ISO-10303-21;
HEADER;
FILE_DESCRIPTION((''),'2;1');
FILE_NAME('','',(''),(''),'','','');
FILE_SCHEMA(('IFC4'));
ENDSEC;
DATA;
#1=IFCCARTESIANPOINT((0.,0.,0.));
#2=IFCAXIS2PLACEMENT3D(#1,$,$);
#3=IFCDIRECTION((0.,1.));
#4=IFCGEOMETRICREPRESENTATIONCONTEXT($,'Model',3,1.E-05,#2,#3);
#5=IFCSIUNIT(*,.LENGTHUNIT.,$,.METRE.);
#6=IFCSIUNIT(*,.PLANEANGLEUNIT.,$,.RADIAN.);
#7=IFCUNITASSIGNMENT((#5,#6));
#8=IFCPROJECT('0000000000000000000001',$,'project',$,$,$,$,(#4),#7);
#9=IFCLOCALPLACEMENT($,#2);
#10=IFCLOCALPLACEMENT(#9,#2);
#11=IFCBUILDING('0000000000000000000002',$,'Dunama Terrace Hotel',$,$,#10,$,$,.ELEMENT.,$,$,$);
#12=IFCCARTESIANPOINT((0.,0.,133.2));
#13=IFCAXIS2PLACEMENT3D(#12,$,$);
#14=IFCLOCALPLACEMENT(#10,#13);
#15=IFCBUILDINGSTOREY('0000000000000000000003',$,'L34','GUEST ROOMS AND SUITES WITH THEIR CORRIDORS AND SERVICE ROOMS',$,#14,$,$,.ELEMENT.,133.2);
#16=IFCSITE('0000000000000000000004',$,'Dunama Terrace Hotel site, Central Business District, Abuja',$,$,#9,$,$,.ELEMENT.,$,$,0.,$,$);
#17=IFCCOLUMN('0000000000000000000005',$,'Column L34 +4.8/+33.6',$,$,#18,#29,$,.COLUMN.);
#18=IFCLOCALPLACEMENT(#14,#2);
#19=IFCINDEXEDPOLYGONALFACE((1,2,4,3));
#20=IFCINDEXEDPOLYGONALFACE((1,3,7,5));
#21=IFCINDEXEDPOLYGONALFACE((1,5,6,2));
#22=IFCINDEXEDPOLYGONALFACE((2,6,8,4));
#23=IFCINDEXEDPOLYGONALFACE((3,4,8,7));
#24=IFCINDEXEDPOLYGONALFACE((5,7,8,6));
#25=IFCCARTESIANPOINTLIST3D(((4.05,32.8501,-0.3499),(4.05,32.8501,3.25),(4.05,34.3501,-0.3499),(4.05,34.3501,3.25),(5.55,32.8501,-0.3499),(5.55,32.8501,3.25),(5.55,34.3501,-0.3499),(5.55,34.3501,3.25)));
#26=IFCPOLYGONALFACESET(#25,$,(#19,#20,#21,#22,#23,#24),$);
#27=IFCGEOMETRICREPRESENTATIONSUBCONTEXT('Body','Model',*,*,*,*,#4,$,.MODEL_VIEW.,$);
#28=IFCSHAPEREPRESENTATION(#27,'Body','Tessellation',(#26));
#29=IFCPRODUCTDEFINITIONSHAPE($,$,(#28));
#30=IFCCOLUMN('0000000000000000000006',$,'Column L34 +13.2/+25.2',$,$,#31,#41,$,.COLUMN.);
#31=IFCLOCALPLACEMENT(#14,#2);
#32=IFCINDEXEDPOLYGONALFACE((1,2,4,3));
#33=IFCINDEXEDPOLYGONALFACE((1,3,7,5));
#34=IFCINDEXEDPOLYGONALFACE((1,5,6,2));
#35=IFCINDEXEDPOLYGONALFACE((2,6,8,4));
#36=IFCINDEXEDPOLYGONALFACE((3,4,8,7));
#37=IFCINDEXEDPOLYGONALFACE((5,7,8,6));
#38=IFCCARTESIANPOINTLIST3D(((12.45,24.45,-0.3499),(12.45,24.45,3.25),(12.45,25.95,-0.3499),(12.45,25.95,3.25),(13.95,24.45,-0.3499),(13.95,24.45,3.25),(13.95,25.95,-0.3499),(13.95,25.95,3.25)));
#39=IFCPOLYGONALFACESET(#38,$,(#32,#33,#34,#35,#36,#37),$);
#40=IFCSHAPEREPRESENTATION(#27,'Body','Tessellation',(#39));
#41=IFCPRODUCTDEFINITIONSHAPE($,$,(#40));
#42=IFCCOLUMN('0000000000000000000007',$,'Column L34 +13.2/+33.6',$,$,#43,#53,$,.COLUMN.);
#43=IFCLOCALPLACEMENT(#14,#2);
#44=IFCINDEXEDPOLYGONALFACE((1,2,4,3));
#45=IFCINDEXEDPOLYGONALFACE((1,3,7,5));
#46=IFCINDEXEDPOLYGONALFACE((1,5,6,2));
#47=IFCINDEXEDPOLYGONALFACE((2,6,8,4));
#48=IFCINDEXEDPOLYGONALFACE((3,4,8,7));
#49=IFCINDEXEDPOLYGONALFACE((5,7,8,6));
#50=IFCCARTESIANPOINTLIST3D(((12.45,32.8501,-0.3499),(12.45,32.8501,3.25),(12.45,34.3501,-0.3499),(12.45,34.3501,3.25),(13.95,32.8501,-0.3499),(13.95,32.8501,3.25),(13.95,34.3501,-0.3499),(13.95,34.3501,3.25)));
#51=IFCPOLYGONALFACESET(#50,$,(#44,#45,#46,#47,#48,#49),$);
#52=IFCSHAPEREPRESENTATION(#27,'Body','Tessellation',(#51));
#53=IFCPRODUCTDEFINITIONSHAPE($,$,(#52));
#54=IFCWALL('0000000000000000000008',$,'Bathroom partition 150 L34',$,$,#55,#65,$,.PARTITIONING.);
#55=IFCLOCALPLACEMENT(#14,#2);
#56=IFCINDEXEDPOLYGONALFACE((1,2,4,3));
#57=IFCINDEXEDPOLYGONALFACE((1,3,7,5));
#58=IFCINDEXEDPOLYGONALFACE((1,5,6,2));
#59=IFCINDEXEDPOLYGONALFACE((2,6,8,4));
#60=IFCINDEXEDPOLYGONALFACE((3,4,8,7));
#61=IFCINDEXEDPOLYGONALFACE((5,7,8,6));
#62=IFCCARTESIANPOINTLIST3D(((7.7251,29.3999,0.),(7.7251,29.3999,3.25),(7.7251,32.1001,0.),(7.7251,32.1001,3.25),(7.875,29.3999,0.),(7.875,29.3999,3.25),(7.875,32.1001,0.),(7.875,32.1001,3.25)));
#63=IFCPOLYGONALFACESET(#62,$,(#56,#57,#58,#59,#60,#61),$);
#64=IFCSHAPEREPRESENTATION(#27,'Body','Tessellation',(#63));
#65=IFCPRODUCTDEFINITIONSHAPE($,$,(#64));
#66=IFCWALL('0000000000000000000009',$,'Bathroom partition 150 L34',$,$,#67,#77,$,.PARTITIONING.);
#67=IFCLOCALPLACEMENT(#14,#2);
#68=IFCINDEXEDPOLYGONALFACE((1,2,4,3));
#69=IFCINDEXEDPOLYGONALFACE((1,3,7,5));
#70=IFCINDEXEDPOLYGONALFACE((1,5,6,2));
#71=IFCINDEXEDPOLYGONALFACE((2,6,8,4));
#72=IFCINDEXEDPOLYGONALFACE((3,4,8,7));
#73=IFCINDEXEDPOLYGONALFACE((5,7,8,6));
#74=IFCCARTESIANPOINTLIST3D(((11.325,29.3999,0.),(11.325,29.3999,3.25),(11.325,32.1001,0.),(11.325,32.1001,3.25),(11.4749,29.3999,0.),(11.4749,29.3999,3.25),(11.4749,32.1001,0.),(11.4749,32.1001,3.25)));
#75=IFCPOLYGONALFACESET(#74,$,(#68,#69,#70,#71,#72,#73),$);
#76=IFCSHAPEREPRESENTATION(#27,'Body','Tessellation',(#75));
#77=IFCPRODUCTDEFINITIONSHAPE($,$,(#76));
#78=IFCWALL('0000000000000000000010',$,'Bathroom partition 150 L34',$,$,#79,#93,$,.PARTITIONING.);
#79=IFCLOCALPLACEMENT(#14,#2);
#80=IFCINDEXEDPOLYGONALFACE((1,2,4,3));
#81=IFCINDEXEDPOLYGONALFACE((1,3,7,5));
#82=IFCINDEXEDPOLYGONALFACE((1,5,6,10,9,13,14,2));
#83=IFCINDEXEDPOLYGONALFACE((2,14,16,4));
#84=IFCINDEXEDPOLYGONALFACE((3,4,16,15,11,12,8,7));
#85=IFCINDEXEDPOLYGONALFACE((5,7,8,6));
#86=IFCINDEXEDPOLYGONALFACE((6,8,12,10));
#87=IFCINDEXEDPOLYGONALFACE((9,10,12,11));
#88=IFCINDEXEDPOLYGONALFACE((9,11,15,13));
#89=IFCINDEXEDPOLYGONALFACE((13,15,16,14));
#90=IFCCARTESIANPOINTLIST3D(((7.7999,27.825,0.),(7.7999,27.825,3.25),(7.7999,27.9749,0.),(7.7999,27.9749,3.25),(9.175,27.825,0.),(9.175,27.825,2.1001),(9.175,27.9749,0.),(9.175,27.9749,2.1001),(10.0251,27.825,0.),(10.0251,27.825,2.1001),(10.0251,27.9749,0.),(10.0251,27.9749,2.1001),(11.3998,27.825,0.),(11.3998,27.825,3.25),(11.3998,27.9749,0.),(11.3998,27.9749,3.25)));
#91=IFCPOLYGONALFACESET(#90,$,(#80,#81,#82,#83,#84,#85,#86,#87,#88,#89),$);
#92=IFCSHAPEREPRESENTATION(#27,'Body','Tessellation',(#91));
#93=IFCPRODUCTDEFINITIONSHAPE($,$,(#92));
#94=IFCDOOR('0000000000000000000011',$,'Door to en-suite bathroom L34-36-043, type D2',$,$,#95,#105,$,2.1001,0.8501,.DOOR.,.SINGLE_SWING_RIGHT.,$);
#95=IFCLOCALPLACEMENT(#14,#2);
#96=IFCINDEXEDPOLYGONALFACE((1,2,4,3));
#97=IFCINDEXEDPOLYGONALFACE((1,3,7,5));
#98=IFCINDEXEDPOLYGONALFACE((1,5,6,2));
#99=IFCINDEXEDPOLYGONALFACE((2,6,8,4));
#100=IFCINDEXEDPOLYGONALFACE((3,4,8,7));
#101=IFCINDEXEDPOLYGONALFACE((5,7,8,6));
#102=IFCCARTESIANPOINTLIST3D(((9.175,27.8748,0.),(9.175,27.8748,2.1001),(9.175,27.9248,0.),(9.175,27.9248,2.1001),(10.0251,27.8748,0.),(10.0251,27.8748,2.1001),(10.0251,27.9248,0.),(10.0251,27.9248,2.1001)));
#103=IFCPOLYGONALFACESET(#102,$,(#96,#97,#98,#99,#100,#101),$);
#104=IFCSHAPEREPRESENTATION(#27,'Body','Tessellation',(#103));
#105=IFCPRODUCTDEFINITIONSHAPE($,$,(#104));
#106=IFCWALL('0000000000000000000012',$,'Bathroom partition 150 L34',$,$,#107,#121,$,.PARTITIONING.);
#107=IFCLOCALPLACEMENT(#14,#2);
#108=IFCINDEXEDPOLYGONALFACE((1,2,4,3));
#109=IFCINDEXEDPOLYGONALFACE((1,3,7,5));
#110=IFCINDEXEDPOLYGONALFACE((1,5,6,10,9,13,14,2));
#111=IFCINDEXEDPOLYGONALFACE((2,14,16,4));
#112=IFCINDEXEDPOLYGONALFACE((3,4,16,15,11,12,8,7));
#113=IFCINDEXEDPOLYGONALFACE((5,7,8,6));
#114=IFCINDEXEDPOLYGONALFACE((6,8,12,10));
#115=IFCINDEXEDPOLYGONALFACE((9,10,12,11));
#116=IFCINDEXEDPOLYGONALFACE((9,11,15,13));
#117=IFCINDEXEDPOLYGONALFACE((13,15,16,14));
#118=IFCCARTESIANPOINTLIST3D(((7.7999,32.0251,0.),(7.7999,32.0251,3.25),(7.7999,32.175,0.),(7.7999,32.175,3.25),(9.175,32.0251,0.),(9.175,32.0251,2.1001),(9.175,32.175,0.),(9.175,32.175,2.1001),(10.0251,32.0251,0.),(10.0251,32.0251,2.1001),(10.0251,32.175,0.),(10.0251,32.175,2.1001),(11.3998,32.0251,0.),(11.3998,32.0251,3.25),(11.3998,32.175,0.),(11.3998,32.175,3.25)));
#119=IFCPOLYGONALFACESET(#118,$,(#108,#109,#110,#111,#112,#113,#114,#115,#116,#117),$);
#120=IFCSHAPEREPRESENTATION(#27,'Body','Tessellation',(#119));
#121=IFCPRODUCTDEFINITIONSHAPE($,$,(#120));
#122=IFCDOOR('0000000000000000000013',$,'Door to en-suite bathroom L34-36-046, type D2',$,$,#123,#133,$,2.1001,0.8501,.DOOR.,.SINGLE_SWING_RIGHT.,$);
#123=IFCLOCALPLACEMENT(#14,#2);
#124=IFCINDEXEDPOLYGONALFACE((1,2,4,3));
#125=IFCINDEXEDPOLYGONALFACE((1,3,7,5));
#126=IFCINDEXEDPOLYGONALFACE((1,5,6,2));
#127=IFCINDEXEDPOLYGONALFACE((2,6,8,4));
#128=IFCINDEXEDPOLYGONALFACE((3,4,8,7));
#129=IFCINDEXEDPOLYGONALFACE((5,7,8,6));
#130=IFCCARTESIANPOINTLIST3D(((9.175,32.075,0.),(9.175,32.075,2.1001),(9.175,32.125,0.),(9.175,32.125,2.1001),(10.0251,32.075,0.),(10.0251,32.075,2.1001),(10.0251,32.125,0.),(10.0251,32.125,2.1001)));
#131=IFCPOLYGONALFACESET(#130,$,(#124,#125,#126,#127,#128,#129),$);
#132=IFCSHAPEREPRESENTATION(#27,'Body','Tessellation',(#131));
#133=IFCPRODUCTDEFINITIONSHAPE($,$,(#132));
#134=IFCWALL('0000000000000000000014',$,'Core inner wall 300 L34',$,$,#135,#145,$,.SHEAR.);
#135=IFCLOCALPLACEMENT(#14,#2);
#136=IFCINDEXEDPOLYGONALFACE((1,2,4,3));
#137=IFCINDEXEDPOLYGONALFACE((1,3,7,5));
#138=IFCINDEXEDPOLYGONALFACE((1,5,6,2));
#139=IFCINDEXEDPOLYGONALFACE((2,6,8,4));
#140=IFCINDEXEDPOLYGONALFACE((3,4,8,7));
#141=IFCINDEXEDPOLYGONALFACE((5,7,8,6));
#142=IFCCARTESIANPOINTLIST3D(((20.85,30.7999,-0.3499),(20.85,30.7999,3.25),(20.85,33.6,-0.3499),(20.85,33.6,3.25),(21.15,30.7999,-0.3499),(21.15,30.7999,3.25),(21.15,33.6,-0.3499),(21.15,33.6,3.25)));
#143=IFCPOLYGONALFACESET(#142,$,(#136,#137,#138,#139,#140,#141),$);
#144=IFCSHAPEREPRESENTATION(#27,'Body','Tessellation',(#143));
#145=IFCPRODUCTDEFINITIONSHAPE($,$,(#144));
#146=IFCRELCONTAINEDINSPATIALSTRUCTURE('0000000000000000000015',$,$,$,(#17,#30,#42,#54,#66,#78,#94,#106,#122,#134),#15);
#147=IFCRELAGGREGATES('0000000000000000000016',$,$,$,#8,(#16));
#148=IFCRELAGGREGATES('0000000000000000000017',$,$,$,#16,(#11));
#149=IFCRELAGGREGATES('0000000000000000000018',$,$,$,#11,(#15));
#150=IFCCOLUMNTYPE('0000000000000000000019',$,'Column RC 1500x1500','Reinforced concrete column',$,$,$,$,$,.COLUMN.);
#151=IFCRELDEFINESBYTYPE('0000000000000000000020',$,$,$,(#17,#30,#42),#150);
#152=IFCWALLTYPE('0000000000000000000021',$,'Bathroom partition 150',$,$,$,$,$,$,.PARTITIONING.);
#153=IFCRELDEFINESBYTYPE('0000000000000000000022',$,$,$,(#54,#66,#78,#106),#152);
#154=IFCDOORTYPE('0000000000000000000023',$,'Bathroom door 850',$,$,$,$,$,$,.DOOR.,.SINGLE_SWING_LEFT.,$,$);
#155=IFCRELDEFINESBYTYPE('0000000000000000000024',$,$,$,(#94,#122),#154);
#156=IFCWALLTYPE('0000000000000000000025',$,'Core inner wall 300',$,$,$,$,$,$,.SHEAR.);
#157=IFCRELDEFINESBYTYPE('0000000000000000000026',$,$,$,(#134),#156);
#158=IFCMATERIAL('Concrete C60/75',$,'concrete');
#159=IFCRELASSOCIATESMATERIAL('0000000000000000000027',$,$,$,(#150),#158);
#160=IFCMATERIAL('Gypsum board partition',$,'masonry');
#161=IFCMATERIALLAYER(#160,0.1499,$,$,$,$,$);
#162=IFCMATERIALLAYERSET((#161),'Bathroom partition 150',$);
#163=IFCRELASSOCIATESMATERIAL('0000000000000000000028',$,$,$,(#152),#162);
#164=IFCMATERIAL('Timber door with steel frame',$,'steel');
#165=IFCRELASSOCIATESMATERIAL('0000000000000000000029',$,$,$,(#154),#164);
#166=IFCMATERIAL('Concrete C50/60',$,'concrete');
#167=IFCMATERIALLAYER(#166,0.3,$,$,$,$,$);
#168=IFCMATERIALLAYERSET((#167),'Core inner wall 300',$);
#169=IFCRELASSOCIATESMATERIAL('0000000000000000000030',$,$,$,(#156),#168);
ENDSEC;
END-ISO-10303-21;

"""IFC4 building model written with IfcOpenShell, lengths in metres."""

from ifc_helpers import new_model, si_unit, direction, frame, frame_2d, origin, origin_2d, place, context, subcontext, project, spatial, rectangle, extrude, material, layer, layer_set, material_profile, profile_set, type_object, element, fill, save


model = new_model("IFC4")

# Units and contexts
model_context = context("Model", 3, precision=1e-05, world=origin(), true_north=direction((0.0, 1.0)))
body_context = subcontext(model_context, "Body", "Model", "MODEL_VIEW")
ifc_project = project(units=[si_unit("LENGTHUNIT", "METRE"), si_unit("PLANEANGLEUNIT", "RADIAN")], contexts=[model_context])

# Site, building, storey
site_placement = place(None, origin())
site = spatial("IfcSite", under=ifc_project, at=site_placement, Name="Dunama Terrace Hotel site, Central Business District, Abuja", CompositionType="ELEMENT", RefElevation=0.0)
building_placement = place(site_placement, origin())
building = spatial("IfcBuilding", under=site, at=building_placement, Name="Dunama Terrace Hotel", CompositionType="ELEMENT")
storey_placement = place(building_placement, frame((0.0, 0.0, 133.2)))
storey = spatial("IfcBuildingStorey", under=building, at=storey_placement, Name="L34", Description="GUEST ROOMS AND SUITES WITH THEIR CORRIDORS AND SERVICE ROOMS", CompositionType="ELEMENT", Elevation=133.2)

# Columns
ifc_material_1 = material(Name="Concrete C60/75", Category="concrete")
ifc_material_profile = material_profile(ifc_material_1, rectangle(XDim=1.5, YDim=1.5, at=origin_2d()), Name="RC 1500x1500")
ifc_profile_set = profile_set([ifc_material_profile], Name="Concrete C60/75")
column_type = type_object("IfcColumnType", Name="Column RC 1500x1500", Description="Reinforced concrete column", PredefinedType="COLUMN", material=ifc_profile_set)
for number, where, z_axis, x_axis, name in (
    (1, (4.8, 33.6001, -0.3499), (0.0, 0.0, 1.0), (1.0, 0.0, 0.0), "Column L34 +4.8/+33.6"),
    (2, (13.2, 25.2, -0.3499), (0.0, 0.0, 1.0), (1.0, 0.0, 0.0), "Column L34 +13.2/+25.2"),
    (3, (13.2, 33.6001, -0.3499), (0.0, 0.0, 1.0), (1.0, 0.0, 0.0), "Column L34 +13.2/+33.6"),
):
    element("IfcColumn", number, at=place(storey_placement, frame(where, z_axis=z_axis, x_axis=x_axis)), inside=storey, type_object=column_type, Name=name, PredefinedType="COLUMN", context=body_context, shape_type="SweptSolid", body=[
        extrude(rectangle(XDim=1.5, YDim=1.5, at=origin_2d()), origin(), (0.0, 0.0, 1.0), 3.5999),
    ])

# Walls
ifc_material_2 = material(Name="Gypsum board partition", Category="masonry")
ifc_layer_1 = layer(ifc_material_2, 0.1499)
ifc_layer_set_1 = layer_set([ifc_layer_1], Name="Bathroom partition 150")
wall_type_1 = type_object("IfcWallType", Name="Bathroom partition 150", PredefinedType="PARTITIONING", material=ifc_layer_set_1)
for number, where, z_axis, x_axis, name in (
    (4, (7.8, 29.3999, 0.0), (0.0, 0.0, 1.0), (0.0, 1.0, 0.0), "Bathroom partition 150 L34"),
    (5, (11.3999, 29.3999, 0.0), (0.0, 0.0, 1.0), (0.0, 1.0, 0.0), "Bathroom partition 150 L34"),
):
    element("IfcWall", number, at=place(storey_placement, frame(where, z_axis=z_axis, x_axis=x_axis)), inside=storey, type_object=wall_type_1, Name=name, PredefinedType="PARTITIONING", context=body_context, shape_type="SweptSolid", body=[
        extrude(rectangle(XDim=2.7002, YDim=0.1499, at=frame_2d((1.3501, 0.0))), origin(), (0.0, 0.0, 1.0), 3.25),
    ])

# Walls, openings, doors
wall_1_placement = place(storey_placement, frame((7.8, 27.8999, 0.0), z_axis=(0.0, 0.0, 1.0), x_axis=(1.0, 0.0, 0.0)))
wall_1 = element("IfcWall", 6, at=wall_1_placement, inside=storey, type_object=wall_type_1, Name="Bathroom partition 150 L34", PredefinedType="PARTITIONING", context=body_context, shape_type="SweptSolid", body=[
    extrude(rectangle(XDim=3.5999, YDim=0.1499, at=frame_2d((1.7998, 0.0))), origin(), (0.0, 0.0, 1.0), 3.25),
])
opening_1_placement = place(wall_1_placement, frame((1.375, 0.0, 0.0)))
opening_1 = element("IfcOpeningElement", 7, at=opening_1_placement, cuts=wall_1, PredefinedType="OPENING", context=body_context, shape_type="SweptSolid", body=[
    extrude(rectangle(XDim=0.8501, YDim=2.1001, at=frame_2d((0.425, 1.05))), frame((0.0, 0.085, 0.0), z_axis=(0.0, -1.0, 0.0), x_axis=(1.0, 0.0, 0.0)), (0.0, 0.0, 1.0), 0.1699),
])
ifc_material_3 = material(Name="Timber door with steel frame", Category="steel")
door_type_1 = type_object("IfcDoorType", Name="Bathroom door 850", OperationType="SINGLE_SWING_LEFT", PredefinedType="DOOR", material=ifc_material_3)
door_1_placement = place(opening_1_placement, frame((0.8501, 0.0, 0.0), z_axis=(0.0, 0.0, 1.0), x_axis=(-1.0, 0.0, 0.0)))
door_1 = element("IfcDoor", 8, at=door_1_placement, inside=storey, type_object=door_type_1, Name="Door to en-suite bathroom L34-36-043, type D2", OperationType="SINGLE_SWING_RIGHT", OverallHeight=2.1001, OverallWidth=0.8501, PredefinedType="DOOR", context=body_context, shape_type="SweptSolid", body=[
    extrude(rectangle(XDim=0.8501, YDim=2.1001, at=frame_2d((0.425, 1.05))), frame((0.0, 0.0251, 0.0), z_axis=(0.0, -1.0, 0.0), x_axis=(1.0, 0.0, 0.0)), (0.0, 0.0, 1.0), 0.05),
])
fill(opening_1, door_1)
wall_2_placement = place(storey_placement, frame((7.8, 32.1001, 0.0), z_axis=(0.0, 0.0, 1.0), x_axis=(1.0, 0.0, 0.0)))
wall_2 = element("IfcWall", 9, at=wall_2_placement, inside=storey, type_object=wall_type_1, Name="Bathroom partition 150 L34", PredefinedType="PARTITIONING", context=body_context, shape_type="SweptSolid", body=[
    extrude(rectangle(XDim=3.5999, YDim=0.1499, at=frame_2d((1.7998, 0.0))), origin(), (0.0, 0.0, 1.0), 3.25),
])
opening_2_placement = place(wall_2_placement, frame((1.375, 0.0, 0.0)))
opening_2 = element("IfcOpeningElement", 10, at=opening_2_placement, cuts=wall_2, PredefinedType="OPENING", context=body_context, shape_type="SweptSolid", body=[
    extrude(rectangle(XDim=0.8501, YDim=2.1001, at=frame_2d((0.425, 1.05))), frame((0.0, 0.085, 0.0), z_axis=(0.0, -1.0, 0.0), x_axis=(1.0, 0.0, 0.0)), (0.0, 0.0, 1.0), 0.1699),
])
door_2_placement = place(opening_2_placement, frame((0.8501, 0.0, 0.0), z_axis=(0.0, 0.0, 1.0), x_axis=(-1.0, 0.0, 0.0)))
door_2 = element("IfcDoor", 11, at=door_2_placement, inside=storey, type_object=door_type_1, Name="Door to en-suite bathroom L34-36-046, type D2", OperationType="SINGLE_SWING_RIGHT", OverallHeight=2.1001, OverallWidth=0.8501, PredefinedType="DOOR", context=body_context, shape_type="SweptSolid", body=[
    extrude(rectangle(XDim=0.8501, YDim=2.1001, at=frame_2d((0.425, 1.05))), frame((0.0, 0.0251, 0.0), z_axis=(0.0, -1.0, 0.0), x_axis=(1.0, 0.0, 0.0)), (0.0, 0.0, 1.0), 0.05),
])
fill(opening_2, door_2)

# Wall
ifc_material_4 = material(Name="Concrete C50/60", Category="concrete")
ifc_layer_2 = layer(ifc_material_4, 0.3)
ifc_layer_set_2 = layer_set([ifc_layer_2], Name="Core inner wall 300")
wall_type_2 = type_object("IfcWallType", Name="Core inner wall 300", PredefinedType="SHEAR", material=ifc_layer_set_2)
wall_3_placement = place(storey_placement, frame((21.0, 30.8, -0.3499), z_axis=(0.0, 0.0, 1.0), x_axis=(0.0, 1.0, 0.0)))
element("IfcWall", 12, at=wall_3_placement, inside=storey, type_object=wall_type_2, Name="Core inner wall 300 L34", PredefinedType="SHEAR", context=body_context, shape_type="SweptSolid", body=[
    extrude(rectangle(XDim=2.8, YDim=0.3, at=frame_2d((1.3999, 0.0))), origin(), (0.0, 0.0, 1.0), 3.5999),
])

save(model, "model.ifc")
